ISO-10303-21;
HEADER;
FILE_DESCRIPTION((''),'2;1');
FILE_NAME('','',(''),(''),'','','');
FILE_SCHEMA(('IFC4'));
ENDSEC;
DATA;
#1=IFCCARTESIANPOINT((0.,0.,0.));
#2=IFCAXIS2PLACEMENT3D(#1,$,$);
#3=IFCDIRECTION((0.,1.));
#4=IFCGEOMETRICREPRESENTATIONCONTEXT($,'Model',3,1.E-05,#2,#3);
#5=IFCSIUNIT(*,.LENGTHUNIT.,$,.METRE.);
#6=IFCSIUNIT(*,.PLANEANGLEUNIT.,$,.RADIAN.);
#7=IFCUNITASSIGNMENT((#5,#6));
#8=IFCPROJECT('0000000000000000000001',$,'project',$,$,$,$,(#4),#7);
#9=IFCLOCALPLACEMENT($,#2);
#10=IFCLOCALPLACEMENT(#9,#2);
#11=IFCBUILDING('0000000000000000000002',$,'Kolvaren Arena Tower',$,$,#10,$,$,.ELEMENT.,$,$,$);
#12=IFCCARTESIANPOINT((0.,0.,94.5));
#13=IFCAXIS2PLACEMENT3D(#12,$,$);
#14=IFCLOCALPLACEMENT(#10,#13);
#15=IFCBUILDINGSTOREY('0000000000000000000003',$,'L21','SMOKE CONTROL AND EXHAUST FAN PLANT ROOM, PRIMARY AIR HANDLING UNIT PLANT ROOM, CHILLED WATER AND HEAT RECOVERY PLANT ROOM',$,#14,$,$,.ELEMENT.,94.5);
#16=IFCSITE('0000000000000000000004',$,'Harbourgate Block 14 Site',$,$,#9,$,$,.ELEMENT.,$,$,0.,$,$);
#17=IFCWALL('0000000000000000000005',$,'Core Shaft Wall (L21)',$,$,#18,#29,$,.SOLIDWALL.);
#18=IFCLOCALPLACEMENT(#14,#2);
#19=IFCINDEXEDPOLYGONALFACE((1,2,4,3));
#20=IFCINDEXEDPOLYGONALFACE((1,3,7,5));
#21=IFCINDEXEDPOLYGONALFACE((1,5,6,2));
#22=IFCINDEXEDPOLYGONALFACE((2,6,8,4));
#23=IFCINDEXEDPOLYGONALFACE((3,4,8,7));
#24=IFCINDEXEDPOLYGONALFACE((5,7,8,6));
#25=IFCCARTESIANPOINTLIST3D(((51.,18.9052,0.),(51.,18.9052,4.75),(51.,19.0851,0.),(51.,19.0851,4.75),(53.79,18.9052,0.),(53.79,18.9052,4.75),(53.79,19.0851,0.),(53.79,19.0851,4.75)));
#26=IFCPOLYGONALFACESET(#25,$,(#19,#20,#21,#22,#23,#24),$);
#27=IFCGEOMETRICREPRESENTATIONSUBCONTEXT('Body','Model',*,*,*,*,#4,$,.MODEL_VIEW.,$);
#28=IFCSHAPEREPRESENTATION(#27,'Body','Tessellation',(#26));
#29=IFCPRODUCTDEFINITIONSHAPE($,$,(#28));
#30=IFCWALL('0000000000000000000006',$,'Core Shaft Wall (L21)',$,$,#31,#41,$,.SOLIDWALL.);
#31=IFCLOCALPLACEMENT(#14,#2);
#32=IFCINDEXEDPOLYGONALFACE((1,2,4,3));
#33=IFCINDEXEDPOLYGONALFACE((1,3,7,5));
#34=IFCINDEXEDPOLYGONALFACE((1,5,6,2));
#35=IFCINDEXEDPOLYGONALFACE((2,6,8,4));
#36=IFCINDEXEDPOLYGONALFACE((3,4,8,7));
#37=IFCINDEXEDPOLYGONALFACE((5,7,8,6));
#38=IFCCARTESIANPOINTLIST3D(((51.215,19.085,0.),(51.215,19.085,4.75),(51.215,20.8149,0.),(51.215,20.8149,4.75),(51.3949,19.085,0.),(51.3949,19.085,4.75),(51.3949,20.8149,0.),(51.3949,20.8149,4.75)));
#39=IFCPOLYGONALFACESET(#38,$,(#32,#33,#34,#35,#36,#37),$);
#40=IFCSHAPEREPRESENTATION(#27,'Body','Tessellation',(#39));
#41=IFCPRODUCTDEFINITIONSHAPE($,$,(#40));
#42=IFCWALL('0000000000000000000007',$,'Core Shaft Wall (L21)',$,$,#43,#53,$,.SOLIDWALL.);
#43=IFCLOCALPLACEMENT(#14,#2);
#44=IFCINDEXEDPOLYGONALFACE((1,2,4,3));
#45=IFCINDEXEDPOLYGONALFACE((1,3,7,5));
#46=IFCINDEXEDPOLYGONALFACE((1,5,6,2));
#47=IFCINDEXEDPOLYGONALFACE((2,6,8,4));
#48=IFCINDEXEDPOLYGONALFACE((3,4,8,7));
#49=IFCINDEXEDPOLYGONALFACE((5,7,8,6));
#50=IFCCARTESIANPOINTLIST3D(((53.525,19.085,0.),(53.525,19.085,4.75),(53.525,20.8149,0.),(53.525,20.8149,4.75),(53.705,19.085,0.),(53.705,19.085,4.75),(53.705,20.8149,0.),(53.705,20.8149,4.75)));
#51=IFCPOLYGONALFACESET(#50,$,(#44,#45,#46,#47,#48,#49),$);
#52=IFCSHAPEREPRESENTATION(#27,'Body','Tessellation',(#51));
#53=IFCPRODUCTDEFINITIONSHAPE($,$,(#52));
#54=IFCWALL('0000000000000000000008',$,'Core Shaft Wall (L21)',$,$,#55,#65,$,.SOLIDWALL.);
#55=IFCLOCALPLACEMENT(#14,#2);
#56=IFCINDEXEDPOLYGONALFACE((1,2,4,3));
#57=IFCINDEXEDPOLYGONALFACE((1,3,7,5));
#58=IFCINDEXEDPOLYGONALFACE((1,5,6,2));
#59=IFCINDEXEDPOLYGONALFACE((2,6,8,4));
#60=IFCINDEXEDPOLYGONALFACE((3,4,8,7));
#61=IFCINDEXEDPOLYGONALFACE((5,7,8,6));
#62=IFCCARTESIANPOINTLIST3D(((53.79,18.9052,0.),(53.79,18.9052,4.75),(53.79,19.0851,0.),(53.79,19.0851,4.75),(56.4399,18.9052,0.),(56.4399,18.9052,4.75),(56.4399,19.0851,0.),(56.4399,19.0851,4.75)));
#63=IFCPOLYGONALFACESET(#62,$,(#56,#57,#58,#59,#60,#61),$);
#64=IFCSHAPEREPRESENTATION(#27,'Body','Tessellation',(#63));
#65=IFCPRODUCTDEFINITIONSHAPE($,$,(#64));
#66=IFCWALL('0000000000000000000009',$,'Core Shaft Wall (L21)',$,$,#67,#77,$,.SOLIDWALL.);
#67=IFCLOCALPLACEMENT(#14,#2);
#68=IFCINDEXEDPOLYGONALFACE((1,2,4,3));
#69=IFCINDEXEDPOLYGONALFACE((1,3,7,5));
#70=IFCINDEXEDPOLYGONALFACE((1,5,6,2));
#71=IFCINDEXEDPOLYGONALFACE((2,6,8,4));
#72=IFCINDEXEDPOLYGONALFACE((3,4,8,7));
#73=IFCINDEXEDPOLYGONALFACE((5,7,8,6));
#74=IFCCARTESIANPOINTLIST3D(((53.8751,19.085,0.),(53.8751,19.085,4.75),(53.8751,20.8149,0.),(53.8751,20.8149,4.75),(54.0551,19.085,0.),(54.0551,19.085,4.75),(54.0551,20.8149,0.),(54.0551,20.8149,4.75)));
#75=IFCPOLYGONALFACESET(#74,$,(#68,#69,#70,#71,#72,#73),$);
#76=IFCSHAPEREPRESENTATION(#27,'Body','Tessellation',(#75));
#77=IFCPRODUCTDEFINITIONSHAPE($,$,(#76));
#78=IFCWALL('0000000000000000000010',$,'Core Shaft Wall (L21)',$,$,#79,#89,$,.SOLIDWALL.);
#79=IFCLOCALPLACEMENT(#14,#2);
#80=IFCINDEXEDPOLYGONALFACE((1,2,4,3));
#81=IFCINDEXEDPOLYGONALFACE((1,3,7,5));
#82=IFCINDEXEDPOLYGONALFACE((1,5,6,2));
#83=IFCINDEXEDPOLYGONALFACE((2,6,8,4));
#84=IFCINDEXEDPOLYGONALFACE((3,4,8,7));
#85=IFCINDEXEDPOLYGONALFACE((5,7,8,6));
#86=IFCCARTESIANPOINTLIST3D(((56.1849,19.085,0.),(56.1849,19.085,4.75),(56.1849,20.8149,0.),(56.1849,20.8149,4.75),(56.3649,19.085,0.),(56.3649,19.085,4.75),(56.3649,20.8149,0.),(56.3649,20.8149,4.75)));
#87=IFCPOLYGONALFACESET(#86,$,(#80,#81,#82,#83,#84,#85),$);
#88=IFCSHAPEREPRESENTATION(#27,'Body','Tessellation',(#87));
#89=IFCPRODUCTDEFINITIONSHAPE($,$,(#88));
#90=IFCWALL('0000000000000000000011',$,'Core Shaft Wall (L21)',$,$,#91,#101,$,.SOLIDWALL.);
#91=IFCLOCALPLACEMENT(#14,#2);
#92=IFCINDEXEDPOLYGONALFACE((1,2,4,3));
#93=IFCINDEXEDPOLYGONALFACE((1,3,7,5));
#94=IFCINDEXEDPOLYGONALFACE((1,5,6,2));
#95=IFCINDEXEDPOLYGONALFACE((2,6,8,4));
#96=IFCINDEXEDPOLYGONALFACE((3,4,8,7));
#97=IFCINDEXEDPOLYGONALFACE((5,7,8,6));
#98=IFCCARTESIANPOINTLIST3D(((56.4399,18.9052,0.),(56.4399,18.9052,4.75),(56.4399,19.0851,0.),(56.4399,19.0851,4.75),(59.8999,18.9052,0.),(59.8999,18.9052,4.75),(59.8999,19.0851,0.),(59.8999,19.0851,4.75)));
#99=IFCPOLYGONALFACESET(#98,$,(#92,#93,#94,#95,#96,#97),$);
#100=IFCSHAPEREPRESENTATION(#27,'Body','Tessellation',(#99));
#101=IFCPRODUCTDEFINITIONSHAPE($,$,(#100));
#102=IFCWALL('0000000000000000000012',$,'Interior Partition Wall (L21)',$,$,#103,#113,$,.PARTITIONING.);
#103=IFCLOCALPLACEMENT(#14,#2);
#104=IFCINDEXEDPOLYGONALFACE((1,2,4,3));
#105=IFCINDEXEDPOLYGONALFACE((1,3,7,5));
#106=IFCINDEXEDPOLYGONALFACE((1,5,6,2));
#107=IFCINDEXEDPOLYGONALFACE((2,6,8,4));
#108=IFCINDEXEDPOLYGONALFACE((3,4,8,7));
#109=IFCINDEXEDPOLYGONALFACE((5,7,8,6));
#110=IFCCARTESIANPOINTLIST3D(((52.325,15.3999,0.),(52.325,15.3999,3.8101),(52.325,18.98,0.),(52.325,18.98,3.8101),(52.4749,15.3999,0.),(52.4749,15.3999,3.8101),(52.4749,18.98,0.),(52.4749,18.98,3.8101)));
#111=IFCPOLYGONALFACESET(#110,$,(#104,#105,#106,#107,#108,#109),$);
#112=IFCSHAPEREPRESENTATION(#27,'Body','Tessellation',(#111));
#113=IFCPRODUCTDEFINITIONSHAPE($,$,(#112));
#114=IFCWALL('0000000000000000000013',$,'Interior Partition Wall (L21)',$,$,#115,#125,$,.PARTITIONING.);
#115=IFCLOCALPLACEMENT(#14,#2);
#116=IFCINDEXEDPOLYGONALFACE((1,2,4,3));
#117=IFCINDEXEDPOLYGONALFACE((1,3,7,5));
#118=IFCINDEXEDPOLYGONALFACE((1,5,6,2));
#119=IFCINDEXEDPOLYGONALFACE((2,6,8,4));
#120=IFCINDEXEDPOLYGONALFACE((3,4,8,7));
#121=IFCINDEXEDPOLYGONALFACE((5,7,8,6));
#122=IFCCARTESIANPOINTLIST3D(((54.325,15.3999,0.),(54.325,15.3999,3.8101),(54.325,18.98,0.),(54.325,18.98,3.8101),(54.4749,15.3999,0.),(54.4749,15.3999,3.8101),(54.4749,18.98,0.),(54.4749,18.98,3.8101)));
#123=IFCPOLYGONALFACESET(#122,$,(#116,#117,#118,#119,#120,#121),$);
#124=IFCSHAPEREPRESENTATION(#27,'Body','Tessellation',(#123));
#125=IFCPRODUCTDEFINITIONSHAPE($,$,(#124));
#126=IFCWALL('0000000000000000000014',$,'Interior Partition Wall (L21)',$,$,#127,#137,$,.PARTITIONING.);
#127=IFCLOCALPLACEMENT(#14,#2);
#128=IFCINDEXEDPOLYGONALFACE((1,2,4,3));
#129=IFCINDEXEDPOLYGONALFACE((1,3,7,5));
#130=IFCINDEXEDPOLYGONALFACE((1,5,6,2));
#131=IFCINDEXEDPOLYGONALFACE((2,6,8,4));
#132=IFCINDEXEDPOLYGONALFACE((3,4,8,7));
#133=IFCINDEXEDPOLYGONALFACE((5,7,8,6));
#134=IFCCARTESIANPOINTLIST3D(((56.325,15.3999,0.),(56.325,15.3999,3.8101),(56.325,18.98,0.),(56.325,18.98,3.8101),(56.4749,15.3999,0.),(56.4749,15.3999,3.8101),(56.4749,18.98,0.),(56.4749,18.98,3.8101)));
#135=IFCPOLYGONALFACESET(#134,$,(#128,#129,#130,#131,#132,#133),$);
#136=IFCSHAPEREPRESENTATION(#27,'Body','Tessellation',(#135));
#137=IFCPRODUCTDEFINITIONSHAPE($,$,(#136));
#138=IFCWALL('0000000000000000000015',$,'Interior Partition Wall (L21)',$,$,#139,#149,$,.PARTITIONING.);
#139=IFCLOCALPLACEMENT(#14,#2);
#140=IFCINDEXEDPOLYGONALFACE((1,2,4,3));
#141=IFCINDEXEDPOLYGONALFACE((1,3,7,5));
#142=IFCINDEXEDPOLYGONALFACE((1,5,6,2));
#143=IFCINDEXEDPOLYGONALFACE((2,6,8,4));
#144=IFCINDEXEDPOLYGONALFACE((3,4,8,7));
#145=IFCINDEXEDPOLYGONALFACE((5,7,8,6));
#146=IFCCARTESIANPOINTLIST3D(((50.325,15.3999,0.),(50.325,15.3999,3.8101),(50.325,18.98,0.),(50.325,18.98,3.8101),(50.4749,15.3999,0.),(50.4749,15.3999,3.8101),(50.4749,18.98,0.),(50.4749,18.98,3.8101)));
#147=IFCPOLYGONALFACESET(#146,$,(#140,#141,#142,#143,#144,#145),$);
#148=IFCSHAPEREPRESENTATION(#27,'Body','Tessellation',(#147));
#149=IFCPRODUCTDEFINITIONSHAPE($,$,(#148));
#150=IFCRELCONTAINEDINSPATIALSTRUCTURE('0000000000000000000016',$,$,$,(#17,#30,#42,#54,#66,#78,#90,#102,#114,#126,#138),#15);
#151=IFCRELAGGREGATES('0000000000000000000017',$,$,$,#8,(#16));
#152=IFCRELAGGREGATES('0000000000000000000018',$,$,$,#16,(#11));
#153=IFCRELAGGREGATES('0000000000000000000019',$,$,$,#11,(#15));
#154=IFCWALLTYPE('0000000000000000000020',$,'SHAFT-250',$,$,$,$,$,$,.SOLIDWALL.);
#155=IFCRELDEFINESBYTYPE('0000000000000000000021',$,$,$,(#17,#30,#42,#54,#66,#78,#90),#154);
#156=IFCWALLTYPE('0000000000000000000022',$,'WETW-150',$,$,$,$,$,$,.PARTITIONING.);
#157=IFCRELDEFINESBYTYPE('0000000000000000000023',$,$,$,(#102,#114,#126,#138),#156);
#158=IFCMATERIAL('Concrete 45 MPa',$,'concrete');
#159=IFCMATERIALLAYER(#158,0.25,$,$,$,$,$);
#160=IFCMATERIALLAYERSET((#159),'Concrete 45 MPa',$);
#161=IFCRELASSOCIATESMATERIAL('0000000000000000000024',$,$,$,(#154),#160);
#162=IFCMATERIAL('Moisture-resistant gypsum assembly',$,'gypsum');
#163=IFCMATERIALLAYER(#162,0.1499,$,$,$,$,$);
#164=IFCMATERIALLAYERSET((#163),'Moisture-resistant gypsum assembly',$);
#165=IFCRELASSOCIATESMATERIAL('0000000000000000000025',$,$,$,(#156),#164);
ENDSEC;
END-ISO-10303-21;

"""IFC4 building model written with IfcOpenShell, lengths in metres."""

from ifc_helpers import new_model, si_unit, direction, frame, frame_2d, origin, place, context, subcontext, project, spatial, rectangle, extrude, material, layer, layer_set, type_object, element, save


model = new_model("IFC4")

# Units and contexts
model_context = context("Model", 3, precision=1e-05, world=origin(), true_north=direction((0.0, 1.0)))
body_context = subcontext(model_context, "Body", "Model", "MODEL_VIEW")
ifc_project = project(units=[si_unit("LENGTHUNIT", "METRE"), si_unit("PLANEANGLEUNIT", "RADIAN")], contexts=[model_context])

# Site, building, storey
site_placement = place(None, origin())
site = spatial("IfcSite", under=ifc_project, at=site_placement, Name="Harbourgate Block 14 Site", CompositionType="ELEMENT", RefElevation=0.0)
building_placement = place(site_placement, origin())
building = spatial("IfcBuilding", under=site, at=building_placement, Name="Kolvaren Arena Tower", CompositionType="ELEMENT")
storey_placement = place(building_placement, frame((0.0, 0.0, 94.5)))
storey = spatial("IfcBuildingStorey", under=building, at=storey_placement, Name="L21", Description="SMOKE CONTROL AND EXHAUST FAN PLANT ROOM, PRIMARY AIR HANDLING UNIT PLANT ROOM, CHILLED WATER AND HEAT RECOVERY PLANT ROOM", CompositionType="ELEMENT", Elevation=94.5)

# Walls
ifc_material_1 = material(Name="Concrete 45 MPa", Category="concrete")
ifc_layer_1 = layer(ifc_material_1, 0.25)
ifc_layer_set_1 = layer_set([ifc_layer_1], Name="Concrete 45 MPa")
wall_type_1 = type_object("IfcWallType", Name="SHAFT-250", PredefinedType="SOLIDWALL", material=ifc_layer_set_1)
wall_1_placement = place(storey_placement, frame((51.0, 18.9951, 0.0), z_axis=(0.0, 0.0, 1.0), x_axis=(1.0, 0.0, 0.0)))
element("IfcWall", 1, at=wall_1_placement, inside=storey, type_object=wall_type_1, Name="Core Shaft Wall (L21)", PredefinedType="SOLIDWALL", context=body_context, shape_type="SweptSolid", body=[
    extrude(rectangle(XDim=2.79, YDim=0.1799, at=frame_2d((1.395, 0.0))), origin(), (0.0, 0.0, 1.0), 4.75),
])
for number, where, z_axis, x_axis, name in (
    (2, (51.3049, 19.085, 0.0), (0.0, 0.0, 1.0), (0.0, 1.0, 0.0), "Core Shaft Wall (L21)"),
    (3, (53.615, 19.085, 0.0), (0.0, 0.0, 1.0), (0.0, 1.0, 0.0), "Core Shaft Wall (L21)"),
):
    element("IfcWall", number, at=place(storey_placement, frame(where, z_axis=z_axis, x_axis=x_axis)), inside=storey, type_object=wall_type_1, Name=name, PredefinedType="SOLIDWALL", context=body_context, shape_type="SweptSolid", body=[
        extrude(rectangle(XDim=1.73, YDim=0.1799, at=frame_2d((0.865, 0.0))), origin(), (0.0, 0.0, 1.0), 4.75),
    ])
wall_2_placement = place(storey_placement, frame((53.79, 18.9951, 0.0), z_axis=(0.0, 0.0, 1.0), x_axis=(1.0, 0.0, 0.0)))
element("IfcWall", 4, at=wall_2_placement, inside=storey, type_object=wall_type_1, Name="Core Shaft Wall (L21)", PredefinedType="SOLIDWALL", context=body_context, shape_type="SweptSolid", body=[
    extrude(rectangle(XDim=2.6499, YDim=0.1799, at=frame_2d((1.325, 0.0))), origin(), (0.0, 0.0, 1.0), 4.75),
])
for number, where, z_axis, x_axis, name in (
    (5, (53.9651, 19.085, 0.0), (0.0, 0.0, 1.0), (0.0, 1.0, 0.0), "Core Shaft Wall (L21)"),
    (6, (56.2749, 19.085, 0.0), (0.0, 0.0, 1.0), (0.0, 1.0, 0.0), "Core Shaft Wall (L21)"),
):
    element("IfcWall", number, at=place(storey_placement, frame(where, z_axis=z_axis, x_axis=x_axis)), inside=storey, type_object=wall_type_1, Name=name, PredefinedType="SOLIDWALL", context=body_context, shape_type="SweptSolid", body=[
        extrude(rectangle(XDim=1.73, YDim=0.1799, at=frame_2d((0.865, 0.0))), origin(), (0.0, 0.0, 1.0), 4.75),
    ])
wall_3_placement = place(storey_placement, frame((56.4399, 18.9951, 0.0), z_axis=(0.0, 0.0, 1.0), x_axis=(1.0, 0.0, 0.0)))
element("IfcWall", 7, at=wall_3_placement, inside=storey, type_object=wall_type_1, Name="Core Shaft Wall (L21)", PredefinedType="SOLIDWALL", context=body_context, shape_type="SweptSolid", body=[
    extrude(rectangle(XDim=3.46, YDim=0.1799, at=frame_2d((1.73, 0.0))), origin(), (0.0, 0.0, 1.0), 4.75),
])
ifc_material_2 = material(Name="Moisture-resistant gypsum assembly", Category="gypsum")
ifc_layer_2 = layer(ifc_material_2, 0.1499)
ifc_layer_set_2 = layer_set([ifc_layer_2], Name="Moisture-resistant gypsum assembly")
wall_type_2 = type_object("IfcWallType", Name="WETW-150", PredefinedType="PARTITIONING", material=ifc_layer_set_2)
for number, where, z_axis, x_axis, name in (
    (8, (52.3999, 15.3999, 0.0), (0.0, 0.0, 1.0), (0.0, 1.0, 0.0), "Interior Partition Wall (L21)"),
    (9, (54.3999, 15.3999, 0.0), (0.0, 0.0, 1.0), (0.0, 1.0, 0.0), "Interior Partition Wall (L21)"),
    (10, (56.3999, 15.3999, 0.0), (0.0, 0.0, 1.0), (0.0, 1.0, 0.0), "Interior Partition Wall (L21)"),
    (11, (50.3999, 15.3999, 0.0), (0.0, 0.0, 1.0), (0.0, 1.0, 0.0), "Interior Partition Wall (L21)"),
):
    element("IfcWall", number, at=place(storey_placement, frame(where, z_axis=z_axis, x_axis=x_axis)), inside=storey, type_object=wall_type_2, Name=name, PredefinedType="PARTITIONING", context=body_context, shape_type="SweptSolid", body=[
        extrude(rectangle(XDim=3.5801, YDim=0.1499, at=frame_2d((1.79, 0.0))), origin(), (0.0, 0.0, 1.0), 3.8101),
    ])

save(model, "model.ifc")
